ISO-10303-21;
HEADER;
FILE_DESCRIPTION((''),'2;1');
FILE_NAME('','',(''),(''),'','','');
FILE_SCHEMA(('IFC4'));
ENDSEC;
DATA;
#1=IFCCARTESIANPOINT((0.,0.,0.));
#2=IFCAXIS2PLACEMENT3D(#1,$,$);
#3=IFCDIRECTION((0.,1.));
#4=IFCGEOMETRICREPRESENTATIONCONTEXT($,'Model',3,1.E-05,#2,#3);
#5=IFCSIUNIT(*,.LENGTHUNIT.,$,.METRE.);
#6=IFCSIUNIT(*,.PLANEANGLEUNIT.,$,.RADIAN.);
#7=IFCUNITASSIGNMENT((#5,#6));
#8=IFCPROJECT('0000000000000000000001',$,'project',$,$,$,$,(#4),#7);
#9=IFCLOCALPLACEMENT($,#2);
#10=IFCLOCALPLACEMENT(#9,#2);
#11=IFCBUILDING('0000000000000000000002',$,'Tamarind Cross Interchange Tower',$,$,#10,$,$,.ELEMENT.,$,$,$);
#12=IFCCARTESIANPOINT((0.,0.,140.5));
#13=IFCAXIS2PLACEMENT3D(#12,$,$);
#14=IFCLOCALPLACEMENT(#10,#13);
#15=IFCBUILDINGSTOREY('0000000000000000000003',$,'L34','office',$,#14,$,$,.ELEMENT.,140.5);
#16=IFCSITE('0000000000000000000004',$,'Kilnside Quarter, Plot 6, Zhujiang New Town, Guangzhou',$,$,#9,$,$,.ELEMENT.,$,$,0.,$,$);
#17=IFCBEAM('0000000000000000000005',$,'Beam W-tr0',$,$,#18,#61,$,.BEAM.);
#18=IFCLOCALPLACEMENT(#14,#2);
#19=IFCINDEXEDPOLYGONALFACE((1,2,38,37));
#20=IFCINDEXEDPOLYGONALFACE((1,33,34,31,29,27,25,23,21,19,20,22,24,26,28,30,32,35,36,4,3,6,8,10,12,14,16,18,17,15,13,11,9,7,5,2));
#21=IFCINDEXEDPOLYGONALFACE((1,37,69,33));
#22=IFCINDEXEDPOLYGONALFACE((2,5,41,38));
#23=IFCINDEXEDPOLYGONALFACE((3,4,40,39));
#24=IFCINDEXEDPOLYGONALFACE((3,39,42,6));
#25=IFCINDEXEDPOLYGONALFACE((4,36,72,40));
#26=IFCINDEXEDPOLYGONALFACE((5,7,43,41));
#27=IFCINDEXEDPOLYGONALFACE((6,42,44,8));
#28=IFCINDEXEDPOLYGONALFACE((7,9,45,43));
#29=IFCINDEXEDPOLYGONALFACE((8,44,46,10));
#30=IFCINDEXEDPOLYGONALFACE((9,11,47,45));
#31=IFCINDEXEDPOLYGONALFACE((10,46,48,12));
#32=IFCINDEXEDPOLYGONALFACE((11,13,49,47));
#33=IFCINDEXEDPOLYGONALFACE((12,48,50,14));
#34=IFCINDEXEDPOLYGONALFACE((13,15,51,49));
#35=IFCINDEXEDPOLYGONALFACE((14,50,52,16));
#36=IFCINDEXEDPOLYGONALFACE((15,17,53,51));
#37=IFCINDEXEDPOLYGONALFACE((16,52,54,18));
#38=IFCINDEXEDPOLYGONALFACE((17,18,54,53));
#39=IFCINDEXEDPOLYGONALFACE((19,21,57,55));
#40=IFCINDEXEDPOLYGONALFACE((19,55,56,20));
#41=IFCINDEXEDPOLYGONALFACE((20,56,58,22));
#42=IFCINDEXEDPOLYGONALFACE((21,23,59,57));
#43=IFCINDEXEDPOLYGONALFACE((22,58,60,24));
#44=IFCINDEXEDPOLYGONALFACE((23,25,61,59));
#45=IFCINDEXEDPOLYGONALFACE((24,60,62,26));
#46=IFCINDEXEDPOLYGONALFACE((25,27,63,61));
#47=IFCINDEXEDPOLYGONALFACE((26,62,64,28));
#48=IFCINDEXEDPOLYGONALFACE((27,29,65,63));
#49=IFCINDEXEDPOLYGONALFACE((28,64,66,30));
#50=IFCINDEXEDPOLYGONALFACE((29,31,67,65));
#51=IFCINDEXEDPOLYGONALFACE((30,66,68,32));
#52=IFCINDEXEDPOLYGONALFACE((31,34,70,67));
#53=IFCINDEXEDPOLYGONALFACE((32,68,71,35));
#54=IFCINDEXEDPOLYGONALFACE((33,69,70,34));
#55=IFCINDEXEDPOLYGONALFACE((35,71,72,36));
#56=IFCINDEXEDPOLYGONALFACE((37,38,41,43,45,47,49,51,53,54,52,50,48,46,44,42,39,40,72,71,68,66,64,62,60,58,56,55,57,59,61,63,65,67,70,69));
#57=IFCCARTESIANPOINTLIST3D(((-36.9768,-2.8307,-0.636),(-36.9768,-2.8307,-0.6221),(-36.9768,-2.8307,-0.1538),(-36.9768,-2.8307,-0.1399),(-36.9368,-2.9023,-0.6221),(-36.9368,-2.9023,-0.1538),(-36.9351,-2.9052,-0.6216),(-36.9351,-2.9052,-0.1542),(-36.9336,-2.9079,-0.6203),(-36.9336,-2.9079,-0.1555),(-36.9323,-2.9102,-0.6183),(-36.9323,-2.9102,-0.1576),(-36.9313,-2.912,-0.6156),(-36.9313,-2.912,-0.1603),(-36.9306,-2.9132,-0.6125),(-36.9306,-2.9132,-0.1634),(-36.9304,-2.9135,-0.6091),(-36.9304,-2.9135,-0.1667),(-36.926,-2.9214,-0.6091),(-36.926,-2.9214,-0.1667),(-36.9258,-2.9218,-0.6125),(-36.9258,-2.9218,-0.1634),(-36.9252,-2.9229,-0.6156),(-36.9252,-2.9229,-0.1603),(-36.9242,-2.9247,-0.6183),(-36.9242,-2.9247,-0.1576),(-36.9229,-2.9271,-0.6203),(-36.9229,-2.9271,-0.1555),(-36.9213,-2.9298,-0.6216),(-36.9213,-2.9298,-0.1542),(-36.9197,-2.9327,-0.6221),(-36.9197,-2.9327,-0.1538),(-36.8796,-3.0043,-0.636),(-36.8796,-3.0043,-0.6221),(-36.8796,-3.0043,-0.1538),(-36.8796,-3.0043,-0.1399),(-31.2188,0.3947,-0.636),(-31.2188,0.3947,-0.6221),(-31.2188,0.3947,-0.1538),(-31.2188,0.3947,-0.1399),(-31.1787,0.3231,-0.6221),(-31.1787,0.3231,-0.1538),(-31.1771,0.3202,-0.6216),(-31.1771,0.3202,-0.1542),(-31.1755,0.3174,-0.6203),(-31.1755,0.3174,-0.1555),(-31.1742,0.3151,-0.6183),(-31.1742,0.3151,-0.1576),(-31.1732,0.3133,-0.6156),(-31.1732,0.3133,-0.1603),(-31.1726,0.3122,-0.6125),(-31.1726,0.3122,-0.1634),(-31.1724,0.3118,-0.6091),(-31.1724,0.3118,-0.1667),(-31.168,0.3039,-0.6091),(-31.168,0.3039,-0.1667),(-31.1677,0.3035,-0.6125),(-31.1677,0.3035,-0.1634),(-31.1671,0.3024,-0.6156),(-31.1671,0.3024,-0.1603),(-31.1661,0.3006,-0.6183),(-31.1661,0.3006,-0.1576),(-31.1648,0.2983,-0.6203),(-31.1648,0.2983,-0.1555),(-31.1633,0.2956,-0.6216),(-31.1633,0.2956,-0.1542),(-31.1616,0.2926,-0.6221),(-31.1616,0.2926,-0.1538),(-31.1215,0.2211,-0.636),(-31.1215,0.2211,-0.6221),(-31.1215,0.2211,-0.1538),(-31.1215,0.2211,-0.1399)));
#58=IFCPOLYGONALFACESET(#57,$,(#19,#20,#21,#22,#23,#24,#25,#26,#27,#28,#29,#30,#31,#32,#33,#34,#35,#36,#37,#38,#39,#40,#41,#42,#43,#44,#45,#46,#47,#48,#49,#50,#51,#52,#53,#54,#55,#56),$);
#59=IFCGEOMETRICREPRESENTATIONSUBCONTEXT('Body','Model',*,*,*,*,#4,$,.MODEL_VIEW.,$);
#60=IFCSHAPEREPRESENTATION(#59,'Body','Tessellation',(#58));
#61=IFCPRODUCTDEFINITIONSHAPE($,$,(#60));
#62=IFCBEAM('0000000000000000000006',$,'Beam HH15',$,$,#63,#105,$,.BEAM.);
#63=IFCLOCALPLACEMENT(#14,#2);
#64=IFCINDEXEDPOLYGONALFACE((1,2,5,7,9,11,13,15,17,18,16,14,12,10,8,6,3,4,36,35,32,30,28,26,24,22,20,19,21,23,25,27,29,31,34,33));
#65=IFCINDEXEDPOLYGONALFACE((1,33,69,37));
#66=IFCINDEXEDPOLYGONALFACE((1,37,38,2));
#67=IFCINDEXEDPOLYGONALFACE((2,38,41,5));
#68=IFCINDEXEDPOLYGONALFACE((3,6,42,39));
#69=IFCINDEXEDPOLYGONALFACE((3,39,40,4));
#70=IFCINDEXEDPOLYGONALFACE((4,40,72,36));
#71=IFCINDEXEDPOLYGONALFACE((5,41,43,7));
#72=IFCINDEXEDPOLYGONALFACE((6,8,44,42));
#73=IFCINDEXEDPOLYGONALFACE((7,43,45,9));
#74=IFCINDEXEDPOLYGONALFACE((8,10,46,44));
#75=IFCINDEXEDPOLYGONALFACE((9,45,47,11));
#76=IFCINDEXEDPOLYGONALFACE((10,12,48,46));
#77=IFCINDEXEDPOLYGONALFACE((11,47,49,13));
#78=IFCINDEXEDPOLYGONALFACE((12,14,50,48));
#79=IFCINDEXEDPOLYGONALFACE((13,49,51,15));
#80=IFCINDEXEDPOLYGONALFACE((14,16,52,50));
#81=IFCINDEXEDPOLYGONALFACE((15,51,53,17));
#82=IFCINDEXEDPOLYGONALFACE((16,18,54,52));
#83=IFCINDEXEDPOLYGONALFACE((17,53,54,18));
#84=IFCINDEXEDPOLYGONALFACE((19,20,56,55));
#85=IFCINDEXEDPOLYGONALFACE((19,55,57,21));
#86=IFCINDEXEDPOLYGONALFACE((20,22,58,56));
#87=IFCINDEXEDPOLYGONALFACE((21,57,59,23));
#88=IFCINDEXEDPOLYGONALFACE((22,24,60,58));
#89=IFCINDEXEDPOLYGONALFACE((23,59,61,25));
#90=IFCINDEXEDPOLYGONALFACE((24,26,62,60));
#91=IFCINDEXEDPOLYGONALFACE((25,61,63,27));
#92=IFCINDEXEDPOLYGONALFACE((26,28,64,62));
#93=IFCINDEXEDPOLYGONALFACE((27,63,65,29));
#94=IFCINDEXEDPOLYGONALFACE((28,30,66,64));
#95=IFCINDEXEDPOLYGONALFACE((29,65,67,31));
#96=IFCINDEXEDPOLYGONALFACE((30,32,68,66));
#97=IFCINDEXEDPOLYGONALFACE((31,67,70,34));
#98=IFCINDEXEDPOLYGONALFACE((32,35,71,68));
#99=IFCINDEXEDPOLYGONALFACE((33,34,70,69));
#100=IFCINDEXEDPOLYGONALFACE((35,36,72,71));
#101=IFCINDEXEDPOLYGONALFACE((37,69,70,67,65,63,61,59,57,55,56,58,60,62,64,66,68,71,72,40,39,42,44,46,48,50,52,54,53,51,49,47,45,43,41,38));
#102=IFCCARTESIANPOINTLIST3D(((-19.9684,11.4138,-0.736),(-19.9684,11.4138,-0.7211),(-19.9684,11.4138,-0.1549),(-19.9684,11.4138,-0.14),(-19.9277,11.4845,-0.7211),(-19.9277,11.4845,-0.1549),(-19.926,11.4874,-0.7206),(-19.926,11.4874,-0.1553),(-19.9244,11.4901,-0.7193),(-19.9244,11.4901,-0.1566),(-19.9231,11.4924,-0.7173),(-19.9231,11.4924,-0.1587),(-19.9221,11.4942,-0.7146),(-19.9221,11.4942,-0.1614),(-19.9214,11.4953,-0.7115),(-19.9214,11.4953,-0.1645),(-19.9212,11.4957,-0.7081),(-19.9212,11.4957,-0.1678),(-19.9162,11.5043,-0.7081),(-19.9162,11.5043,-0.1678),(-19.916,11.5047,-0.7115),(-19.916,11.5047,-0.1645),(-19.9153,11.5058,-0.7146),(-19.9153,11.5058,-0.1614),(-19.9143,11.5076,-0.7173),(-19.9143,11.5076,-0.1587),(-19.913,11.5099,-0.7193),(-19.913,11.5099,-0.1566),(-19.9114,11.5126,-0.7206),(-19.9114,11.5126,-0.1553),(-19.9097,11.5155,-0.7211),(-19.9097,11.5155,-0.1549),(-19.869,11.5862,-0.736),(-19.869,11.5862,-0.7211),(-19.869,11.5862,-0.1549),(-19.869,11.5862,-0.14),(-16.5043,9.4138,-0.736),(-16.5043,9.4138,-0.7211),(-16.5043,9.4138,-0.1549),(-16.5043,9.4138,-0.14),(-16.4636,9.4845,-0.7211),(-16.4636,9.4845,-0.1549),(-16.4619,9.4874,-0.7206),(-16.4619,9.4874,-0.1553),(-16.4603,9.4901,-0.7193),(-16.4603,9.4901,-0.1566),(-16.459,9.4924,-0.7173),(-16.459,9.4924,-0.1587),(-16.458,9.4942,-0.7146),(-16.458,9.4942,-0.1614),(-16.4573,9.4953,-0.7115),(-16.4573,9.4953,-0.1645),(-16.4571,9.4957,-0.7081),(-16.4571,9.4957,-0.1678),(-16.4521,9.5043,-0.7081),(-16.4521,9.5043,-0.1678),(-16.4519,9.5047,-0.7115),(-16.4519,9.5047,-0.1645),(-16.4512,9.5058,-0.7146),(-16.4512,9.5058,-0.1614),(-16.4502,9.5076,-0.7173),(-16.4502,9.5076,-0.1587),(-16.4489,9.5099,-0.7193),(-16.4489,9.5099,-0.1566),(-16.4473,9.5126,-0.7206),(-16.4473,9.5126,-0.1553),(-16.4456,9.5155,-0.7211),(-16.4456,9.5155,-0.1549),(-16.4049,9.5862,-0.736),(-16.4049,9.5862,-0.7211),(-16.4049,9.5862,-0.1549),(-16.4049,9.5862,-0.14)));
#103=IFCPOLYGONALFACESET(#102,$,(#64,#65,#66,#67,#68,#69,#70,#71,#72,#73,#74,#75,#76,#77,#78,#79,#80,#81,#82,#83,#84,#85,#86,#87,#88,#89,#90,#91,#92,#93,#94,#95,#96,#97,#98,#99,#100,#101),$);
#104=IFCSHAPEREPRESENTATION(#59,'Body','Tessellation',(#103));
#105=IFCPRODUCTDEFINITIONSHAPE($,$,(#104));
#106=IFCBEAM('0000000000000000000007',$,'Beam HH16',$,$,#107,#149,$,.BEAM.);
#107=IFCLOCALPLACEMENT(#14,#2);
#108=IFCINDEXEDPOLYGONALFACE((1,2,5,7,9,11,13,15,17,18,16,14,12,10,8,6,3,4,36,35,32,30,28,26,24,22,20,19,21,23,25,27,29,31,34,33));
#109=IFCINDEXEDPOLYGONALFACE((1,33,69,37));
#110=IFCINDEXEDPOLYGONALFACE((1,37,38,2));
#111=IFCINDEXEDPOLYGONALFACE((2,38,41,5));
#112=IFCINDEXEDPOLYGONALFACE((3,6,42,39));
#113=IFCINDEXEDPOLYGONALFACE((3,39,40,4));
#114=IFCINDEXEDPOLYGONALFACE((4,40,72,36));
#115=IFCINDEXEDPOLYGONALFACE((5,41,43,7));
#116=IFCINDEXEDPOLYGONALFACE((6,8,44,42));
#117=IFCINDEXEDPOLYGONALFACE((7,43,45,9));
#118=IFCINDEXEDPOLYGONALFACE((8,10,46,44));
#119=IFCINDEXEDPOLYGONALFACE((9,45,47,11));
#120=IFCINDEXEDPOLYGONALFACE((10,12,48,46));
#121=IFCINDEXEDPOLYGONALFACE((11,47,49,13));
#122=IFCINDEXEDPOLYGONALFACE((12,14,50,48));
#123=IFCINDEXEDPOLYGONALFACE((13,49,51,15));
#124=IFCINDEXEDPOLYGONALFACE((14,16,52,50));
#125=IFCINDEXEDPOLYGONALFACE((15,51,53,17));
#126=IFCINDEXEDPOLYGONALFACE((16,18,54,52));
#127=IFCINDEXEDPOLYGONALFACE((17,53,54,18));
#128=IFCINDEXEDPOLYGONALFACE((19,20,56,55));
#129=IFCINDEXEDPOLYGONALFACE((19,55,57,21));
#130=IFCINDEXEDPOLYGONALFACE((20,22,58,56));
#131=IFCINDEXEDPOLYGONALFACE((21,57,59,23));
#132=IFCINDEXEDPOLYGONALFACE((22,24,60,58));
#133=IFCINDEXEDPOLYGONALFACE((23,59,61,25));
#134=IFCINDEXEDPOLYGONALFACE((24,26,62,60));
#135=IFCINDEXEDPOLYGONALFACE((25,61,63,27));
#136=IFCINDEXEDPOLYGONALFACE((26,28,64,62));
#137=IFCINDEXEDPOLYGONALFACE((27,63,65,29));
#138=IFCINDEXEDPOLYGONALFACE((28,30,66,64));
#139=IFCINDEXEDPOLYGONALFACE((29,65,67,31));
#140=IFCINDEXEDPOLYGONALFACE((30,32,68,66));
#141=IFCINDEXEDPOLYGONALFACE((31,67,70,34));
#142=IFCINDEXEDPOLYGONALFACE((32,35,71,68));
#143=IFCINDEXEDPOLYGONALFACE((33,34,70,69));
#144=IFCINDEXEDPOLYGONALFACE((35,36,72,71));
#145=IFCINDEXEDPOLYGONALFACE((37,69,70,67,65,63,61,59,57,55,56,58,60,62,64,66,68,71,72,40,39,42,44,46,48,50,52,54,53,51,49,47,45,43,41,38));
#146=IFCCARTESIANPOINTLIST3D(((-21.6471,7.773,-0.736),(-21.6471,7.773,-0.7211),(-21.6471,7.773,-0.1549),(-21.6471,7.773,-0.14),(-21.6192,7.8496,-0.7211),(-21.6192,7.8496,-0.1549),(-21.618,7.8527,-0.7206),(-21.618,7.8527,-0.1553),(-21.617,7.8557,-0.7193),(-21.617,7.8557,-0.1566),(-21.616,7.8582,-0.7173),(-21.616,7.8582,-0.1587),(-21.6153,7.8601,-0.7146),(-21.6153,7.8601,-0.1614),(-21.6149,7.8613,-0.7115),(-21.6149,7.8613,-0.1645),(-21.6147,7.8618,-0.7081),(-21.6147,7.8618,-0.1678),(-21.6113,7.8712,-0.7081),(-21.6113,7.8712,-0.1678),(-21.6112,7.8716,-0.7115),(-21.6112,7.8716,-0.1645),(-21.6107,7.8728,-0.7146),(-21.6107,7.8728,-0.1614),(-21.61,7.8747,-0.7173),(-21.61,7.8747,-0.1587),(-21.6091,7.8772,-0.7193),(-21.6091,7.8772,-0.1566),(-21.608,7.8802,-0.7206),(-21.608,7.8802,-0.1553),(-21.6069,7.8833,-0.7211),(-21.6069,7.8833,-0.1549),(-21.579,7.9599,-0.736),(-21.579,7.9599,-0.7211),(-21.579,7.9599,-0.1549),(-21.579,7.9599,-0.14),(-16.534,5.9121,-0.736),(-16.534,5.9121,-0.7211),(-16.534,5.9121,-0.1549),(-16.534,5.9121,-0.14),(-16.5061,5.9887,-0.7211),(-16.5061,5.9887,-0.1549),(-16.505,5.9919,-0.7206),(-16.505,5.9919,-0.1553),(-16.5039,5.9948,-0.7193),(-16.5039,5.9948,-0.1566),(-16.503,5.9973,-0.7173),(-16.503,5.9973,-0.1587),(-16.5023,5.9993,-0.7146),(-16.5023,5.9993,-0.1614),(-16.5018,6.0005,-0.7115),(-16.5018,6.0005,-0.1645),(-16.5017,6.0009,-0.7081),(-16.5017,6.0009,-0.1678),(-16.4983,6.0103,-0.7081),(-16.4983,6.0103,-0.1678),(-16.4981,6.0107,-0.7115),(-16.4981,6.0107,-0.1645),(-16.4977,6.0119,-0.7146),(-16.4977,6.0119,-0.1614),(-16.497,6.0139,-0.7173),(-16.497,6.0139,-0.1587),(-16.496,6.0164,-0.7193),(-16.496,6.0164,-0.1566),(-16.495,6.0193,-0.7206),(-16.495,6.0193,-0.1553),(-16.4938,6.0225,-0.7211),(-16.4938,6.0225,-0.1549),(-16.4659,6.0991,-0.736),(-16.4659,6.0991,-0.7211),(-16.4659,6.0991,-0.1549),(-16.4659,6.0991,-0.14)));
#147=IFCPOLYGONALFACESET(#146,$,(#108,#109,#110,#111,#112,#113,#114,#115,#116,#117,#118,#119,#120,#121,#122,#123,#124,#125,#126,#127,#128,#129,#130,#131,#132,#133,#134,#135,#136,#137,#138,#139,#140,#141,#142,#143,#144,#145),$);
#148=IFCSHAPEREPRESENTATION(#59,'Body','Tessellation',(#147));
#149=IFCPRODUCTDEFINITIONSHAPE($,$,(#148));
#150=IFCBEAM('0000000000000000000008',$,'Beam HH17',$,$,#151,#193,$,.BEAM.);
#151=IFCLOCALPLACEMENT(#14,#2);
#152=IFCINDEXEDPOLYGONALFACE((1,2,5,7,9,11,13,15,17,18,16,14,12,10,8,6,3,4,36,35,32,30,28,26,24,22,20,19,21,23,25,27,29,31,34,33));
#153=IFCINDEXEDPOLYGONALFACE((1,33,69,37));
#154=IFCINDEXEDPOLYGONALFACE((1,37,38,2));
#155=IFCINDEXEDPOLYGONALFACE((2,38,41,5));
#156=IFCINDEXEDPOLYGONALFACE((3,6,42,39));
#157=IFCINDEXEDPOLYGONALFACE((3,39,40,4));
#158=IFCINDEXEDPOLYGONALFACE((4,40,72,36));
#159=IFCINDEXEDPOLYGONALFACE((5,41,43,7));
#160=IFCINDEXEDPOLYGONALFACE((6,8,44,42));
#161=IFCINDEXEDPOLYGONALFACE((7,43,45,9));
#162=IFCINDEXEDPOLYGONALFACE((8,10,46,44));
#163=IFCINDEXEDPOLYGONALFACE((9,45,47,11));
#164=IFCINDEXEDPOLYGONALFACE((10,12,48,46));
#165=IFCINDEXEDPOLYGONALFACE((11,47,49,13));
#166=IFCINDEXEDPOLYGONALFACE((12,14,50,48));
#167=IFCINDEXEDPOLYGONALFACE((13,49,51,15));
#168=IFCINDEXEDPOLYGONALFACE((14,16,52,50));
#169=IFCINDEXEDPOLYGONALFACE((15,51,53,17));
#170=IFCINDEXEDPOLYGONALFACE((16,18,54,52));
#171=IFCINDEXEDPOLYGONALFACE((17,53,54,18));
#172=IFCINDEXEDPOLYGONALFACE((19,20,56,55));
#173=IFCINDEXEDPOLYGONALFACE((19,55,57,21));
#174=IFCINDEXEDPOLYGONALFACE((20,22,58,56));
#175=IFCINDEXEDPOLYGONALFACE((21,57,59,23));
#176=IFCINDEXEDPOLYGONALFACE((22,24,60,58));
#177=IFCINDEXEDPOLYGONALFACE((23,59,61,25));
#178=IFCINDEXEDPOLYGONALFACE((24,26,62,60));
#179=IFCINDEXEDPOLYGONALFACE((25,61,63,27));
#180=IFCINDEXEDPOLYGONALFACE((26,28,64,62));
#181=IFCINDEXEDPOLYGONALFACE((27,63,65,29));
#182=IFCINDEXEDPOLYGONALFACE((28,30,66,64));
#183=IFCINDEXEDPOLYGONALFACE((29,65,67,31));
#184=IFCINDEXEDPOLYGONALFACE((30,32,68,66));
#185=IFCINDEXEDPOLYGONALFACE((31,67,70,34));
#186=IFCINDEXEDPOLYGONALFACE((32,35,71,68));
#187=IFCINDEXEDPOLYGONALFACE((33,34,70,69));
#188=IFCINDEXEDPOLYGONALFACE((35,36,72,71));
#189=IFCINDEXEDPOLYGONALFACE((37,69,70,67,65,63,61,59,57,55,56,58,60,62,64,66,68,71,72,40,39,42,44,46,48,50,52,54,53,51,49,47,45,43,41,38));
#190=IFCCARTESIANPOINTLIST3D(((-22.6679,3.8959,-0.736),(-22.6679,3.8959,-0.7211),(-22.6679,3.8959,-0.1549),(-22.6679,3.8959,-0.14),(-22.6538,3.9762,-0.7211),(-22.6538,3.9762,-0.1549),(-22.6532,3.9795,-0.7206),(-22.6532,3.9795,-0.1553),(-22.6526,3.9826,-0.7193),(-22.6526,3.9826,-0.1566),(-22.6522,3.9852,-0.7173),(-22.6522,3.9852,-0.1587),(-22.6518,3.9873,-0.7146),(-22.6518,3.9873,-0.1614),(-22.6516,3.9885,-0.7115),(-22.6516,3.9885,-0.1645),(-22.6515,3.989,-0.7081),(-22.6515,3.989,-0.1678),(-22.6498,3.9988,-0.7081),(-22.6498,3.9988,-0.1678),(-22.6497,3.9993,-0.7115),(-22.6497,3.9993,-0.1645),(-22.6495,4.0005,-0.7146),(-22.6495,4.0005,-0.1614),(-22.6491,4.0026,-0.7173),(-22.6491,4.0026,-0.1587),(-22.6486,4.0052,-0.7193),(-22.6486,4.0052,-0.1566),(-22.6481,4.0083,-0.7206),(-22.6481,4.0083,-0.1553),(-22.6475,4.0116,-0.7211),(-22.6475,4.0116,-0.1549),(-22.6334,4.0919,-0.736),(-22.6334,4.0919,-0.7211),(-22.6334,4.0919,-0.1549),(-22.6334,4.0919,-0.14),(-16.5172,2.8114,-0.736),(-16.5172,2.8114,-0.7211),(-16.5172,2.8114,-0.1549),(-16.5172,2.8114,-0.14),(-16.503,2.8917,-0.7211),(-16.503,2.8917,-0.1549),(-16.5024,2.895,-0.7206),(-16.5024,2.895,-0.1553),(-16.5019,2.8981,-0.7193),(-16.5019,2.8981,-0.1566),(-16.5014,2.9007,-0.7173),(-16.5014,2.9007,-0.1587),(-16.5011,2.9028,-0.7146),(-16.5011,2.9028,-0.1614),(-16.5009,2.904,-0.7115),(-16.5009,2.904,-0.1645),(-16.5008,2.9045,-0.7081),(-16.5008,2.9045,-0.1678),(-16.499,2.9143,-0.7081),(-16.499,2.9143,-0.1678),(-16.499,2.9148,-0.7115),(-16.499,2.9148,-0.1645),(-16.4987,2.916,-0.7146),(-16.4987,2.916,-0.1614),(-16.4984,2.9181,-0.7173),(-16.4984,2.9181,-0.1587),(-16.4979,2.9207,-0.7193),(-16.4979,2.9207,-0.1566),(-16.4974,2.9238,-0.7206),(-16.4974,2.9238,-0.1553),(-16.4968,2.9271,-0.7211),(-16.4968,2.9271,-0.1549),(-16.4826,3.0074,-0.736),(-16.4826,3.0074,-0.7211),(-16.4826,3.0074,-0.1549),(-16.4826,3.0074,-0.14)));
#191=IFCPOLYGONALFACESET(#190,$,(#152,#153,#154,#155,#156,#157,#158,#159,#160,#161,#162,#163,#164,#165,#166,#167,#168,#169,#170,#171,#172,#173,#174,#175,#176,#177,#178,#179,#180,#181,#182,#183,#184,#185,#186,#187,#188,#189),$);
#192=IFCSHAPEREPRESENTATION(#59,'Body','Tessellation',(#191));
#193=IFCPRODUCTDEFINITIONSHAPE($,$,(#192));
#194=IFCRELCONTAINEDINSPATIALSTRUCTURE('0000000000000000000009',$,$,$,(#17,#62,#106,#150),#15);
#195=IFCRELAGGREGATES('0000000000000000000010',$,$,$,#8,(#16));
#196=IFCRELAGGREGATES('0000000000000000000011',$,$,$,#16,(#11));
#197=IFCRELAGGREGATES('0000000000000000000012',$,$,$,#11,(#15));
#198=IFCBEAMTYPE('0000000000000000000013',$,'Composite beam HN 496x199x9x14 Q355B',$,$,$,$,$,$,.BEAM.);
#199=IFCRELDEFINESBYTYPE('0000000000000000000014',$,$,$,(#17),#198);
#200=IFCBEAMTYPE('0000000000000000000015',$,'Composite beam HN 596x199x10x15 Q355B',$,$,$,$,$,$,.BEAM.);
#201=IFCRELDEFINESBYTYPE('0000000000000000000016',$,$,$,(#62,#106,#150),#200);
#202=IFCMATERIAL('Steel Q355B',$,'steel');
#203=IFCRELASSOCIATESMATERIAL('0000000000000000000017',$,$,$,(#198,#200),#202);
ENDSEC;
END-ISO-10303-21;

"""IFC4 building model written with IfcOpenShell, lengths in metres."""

from ifc_helpers import new_model, si_unit, direction, frame, origin, origin_2d, place, context, subcontext, project, spatial, i_section, extrude, material, material_profile, profile_set, type_object, element, save


model = new_model("IFC4")

# Units and contexts
model_context = context("Model", 3, precision=1e-05, world=origin(), true_north=direction((0.0, 1.0)))
body_context = subcontext(model_context, "Body", "Model", "MODEL_VIEW")
ifc_project = project(units=[si_unit("LENGTHUNIT", "METRE"), si_unit("PLANEANGLEUNIT", "RADIAN")], contexts=[model_context])

# Site, building, storey
site_placement = place(None, origin())
site = spatial("IfcSite", under=ifc_project, at=site_placement, Name="Kilnside Quarter, Plot 6, Zhujiang New Town, Guangzhou", CompositionType="ELEMENT", RefElevation=0.0)
building_placement = place(site_placement, origin())
building = spatial("IfcBuilding", under=site, at=building_placement, Name="Tamarind Cross Interchange Tower", CompositionType="ELEMENT")
storey_placement = place(building_placement, frame((0.0, 0.0, 140.5)))
storey = spatial("IfcBuildingStorey", under=building, at=storey_placement, Name="L34", Description="office", CompositionType="ELEMENT", Elevation=140.5)

# Beams
ifc_material_1 = material(Name="Steel Q355B", Category="steel")
ifc_material_profile_1 = material_profile(ifc_material_1, i_section(OverallWidth=0.199, OverallDepth=0.4961, WebThickness=0.009, FlangeThickness=0.0139, FilletRadius=0.0129, at=origin_2d()), Name="HN 496x199x9x14")
ifc_profile_set_1 = profile_set([ifc_material_profile_1], Name="Steel Q355B")
beam_type_1 = type_object("IfcBeamType", Name="Composite beam HN 496x199x9x14 Q355B", PredefinedType="BEAM", material=ifc_profile_set_1)
beam_1_placement = place(storey_placement, frame((-31.1702, 0.3079, -0.3879), z_axis=(-0.872452, -0.488699, 0.0), x_axis=(0.488699, -0.872452, 0.0)))
element("IfcBeam", 1, at=beam_1_placement, inside=storey, type_object=beam_type_1, Name="Beam W-tr0", PredefinedType="BEAM", context=body_context, shape_type="SweptSolid", body=[
    extrude(i_section(OverallWidth=0.199, OverallDepth=0.4961, WebThickness=0.009, FlangeThickness=0.0139, FilletRadius=0.0129, at=origin_2d()), origin(), (0.0, 0.0, 1.0), 6.5999),
])
ifc_material_profile_2 = material_profile(ifc_material_1, i_section(OverallWidth=0.199, OverallDepth=0.5959, WebThickness=0.01, FlangeThickness=0.0149, FilletRadius=0.0129, at=origin_2d()), Name="HN 596x199x10x15")
ifc_profile_set_2 = profile_set([ifc_material_profile_2], Name="Steel Q355B")
beam_type_2 = type_object("IfcBeamType", Name="Composite beam HN 596x199x10x15 Q355B", PredefinedType="BEAM", material=ifc_profile_set_2)
beam_2_placement = place(storey_placement, frame((-19.9187, 11.5, -0.438), z_axis=(0.866026, -0.499999, 0.0), x_axis=(0.499999, 0.866026, 0.0)))
element("IfcBeam", 2, at=beam_2_placement, inside=storey, type_object=beam_type_2, Name="Beam HH15", PredefinedType="BEAM", context=body_context, shape_type="SweptSolid", body=[
    extrude(i_section(OverallWidth=0.199, OverallDepth=0.5959, WebThickness=0.01, FlangeThickness=0.0149, FilletRadius=0.0129, at=origin_2d()), origin(), (0.0, 0.0, 1.0), 4.0),
])
beam_3_placement = place(storey_placement, frame((-21.613, 7.8665, -0.438), z_axis=(0.939702, -0.341995, 0.0), x_axis=(0.341995, 0.939702, 0.0)))
element("IfcBeam", 3, at=beam_3_placement, inside=storey, type_object=beam_type_2, Name="Beam HH16", PredefinedType="BEAM", context=body_context, shape_type="SweptSolid", body=[
    extrude(i_section(OverallWidth=0.199, OverallDepth=0.5959, WebThickness=0.01, FlangeThickness=0.0149, FilletRadius=0.0129, at=origin_2d()), origin(), (0.0, 0.0, 1.0), 5.4412),
])
beam_4_placement = place(storey_placement, frame((-22.6506, 3.9939, -0.438), z_axis=(0.984809, -0.17364, 0.0), x_axis=(0.17364, 0.984809, 0.0)))
element("IfcBeam", 4, at=beam_4_placement, inside=storey, type_object=beam_type_2, Name="Beam HH17", PredefinedType="BEAM", context=body_context, shape_type="SweptSolid", body=[
    extrude(i_section(OverallWidth=0.199, OverallDepth=0.5959, WebThickness=0.01, FlangeThickness=0.0149, FilletRadius=0.0129, at=origin_2d()), origin(), (0.0, 0.0, 1.0), 6.2456),
])

save(model, "model.ifc")
